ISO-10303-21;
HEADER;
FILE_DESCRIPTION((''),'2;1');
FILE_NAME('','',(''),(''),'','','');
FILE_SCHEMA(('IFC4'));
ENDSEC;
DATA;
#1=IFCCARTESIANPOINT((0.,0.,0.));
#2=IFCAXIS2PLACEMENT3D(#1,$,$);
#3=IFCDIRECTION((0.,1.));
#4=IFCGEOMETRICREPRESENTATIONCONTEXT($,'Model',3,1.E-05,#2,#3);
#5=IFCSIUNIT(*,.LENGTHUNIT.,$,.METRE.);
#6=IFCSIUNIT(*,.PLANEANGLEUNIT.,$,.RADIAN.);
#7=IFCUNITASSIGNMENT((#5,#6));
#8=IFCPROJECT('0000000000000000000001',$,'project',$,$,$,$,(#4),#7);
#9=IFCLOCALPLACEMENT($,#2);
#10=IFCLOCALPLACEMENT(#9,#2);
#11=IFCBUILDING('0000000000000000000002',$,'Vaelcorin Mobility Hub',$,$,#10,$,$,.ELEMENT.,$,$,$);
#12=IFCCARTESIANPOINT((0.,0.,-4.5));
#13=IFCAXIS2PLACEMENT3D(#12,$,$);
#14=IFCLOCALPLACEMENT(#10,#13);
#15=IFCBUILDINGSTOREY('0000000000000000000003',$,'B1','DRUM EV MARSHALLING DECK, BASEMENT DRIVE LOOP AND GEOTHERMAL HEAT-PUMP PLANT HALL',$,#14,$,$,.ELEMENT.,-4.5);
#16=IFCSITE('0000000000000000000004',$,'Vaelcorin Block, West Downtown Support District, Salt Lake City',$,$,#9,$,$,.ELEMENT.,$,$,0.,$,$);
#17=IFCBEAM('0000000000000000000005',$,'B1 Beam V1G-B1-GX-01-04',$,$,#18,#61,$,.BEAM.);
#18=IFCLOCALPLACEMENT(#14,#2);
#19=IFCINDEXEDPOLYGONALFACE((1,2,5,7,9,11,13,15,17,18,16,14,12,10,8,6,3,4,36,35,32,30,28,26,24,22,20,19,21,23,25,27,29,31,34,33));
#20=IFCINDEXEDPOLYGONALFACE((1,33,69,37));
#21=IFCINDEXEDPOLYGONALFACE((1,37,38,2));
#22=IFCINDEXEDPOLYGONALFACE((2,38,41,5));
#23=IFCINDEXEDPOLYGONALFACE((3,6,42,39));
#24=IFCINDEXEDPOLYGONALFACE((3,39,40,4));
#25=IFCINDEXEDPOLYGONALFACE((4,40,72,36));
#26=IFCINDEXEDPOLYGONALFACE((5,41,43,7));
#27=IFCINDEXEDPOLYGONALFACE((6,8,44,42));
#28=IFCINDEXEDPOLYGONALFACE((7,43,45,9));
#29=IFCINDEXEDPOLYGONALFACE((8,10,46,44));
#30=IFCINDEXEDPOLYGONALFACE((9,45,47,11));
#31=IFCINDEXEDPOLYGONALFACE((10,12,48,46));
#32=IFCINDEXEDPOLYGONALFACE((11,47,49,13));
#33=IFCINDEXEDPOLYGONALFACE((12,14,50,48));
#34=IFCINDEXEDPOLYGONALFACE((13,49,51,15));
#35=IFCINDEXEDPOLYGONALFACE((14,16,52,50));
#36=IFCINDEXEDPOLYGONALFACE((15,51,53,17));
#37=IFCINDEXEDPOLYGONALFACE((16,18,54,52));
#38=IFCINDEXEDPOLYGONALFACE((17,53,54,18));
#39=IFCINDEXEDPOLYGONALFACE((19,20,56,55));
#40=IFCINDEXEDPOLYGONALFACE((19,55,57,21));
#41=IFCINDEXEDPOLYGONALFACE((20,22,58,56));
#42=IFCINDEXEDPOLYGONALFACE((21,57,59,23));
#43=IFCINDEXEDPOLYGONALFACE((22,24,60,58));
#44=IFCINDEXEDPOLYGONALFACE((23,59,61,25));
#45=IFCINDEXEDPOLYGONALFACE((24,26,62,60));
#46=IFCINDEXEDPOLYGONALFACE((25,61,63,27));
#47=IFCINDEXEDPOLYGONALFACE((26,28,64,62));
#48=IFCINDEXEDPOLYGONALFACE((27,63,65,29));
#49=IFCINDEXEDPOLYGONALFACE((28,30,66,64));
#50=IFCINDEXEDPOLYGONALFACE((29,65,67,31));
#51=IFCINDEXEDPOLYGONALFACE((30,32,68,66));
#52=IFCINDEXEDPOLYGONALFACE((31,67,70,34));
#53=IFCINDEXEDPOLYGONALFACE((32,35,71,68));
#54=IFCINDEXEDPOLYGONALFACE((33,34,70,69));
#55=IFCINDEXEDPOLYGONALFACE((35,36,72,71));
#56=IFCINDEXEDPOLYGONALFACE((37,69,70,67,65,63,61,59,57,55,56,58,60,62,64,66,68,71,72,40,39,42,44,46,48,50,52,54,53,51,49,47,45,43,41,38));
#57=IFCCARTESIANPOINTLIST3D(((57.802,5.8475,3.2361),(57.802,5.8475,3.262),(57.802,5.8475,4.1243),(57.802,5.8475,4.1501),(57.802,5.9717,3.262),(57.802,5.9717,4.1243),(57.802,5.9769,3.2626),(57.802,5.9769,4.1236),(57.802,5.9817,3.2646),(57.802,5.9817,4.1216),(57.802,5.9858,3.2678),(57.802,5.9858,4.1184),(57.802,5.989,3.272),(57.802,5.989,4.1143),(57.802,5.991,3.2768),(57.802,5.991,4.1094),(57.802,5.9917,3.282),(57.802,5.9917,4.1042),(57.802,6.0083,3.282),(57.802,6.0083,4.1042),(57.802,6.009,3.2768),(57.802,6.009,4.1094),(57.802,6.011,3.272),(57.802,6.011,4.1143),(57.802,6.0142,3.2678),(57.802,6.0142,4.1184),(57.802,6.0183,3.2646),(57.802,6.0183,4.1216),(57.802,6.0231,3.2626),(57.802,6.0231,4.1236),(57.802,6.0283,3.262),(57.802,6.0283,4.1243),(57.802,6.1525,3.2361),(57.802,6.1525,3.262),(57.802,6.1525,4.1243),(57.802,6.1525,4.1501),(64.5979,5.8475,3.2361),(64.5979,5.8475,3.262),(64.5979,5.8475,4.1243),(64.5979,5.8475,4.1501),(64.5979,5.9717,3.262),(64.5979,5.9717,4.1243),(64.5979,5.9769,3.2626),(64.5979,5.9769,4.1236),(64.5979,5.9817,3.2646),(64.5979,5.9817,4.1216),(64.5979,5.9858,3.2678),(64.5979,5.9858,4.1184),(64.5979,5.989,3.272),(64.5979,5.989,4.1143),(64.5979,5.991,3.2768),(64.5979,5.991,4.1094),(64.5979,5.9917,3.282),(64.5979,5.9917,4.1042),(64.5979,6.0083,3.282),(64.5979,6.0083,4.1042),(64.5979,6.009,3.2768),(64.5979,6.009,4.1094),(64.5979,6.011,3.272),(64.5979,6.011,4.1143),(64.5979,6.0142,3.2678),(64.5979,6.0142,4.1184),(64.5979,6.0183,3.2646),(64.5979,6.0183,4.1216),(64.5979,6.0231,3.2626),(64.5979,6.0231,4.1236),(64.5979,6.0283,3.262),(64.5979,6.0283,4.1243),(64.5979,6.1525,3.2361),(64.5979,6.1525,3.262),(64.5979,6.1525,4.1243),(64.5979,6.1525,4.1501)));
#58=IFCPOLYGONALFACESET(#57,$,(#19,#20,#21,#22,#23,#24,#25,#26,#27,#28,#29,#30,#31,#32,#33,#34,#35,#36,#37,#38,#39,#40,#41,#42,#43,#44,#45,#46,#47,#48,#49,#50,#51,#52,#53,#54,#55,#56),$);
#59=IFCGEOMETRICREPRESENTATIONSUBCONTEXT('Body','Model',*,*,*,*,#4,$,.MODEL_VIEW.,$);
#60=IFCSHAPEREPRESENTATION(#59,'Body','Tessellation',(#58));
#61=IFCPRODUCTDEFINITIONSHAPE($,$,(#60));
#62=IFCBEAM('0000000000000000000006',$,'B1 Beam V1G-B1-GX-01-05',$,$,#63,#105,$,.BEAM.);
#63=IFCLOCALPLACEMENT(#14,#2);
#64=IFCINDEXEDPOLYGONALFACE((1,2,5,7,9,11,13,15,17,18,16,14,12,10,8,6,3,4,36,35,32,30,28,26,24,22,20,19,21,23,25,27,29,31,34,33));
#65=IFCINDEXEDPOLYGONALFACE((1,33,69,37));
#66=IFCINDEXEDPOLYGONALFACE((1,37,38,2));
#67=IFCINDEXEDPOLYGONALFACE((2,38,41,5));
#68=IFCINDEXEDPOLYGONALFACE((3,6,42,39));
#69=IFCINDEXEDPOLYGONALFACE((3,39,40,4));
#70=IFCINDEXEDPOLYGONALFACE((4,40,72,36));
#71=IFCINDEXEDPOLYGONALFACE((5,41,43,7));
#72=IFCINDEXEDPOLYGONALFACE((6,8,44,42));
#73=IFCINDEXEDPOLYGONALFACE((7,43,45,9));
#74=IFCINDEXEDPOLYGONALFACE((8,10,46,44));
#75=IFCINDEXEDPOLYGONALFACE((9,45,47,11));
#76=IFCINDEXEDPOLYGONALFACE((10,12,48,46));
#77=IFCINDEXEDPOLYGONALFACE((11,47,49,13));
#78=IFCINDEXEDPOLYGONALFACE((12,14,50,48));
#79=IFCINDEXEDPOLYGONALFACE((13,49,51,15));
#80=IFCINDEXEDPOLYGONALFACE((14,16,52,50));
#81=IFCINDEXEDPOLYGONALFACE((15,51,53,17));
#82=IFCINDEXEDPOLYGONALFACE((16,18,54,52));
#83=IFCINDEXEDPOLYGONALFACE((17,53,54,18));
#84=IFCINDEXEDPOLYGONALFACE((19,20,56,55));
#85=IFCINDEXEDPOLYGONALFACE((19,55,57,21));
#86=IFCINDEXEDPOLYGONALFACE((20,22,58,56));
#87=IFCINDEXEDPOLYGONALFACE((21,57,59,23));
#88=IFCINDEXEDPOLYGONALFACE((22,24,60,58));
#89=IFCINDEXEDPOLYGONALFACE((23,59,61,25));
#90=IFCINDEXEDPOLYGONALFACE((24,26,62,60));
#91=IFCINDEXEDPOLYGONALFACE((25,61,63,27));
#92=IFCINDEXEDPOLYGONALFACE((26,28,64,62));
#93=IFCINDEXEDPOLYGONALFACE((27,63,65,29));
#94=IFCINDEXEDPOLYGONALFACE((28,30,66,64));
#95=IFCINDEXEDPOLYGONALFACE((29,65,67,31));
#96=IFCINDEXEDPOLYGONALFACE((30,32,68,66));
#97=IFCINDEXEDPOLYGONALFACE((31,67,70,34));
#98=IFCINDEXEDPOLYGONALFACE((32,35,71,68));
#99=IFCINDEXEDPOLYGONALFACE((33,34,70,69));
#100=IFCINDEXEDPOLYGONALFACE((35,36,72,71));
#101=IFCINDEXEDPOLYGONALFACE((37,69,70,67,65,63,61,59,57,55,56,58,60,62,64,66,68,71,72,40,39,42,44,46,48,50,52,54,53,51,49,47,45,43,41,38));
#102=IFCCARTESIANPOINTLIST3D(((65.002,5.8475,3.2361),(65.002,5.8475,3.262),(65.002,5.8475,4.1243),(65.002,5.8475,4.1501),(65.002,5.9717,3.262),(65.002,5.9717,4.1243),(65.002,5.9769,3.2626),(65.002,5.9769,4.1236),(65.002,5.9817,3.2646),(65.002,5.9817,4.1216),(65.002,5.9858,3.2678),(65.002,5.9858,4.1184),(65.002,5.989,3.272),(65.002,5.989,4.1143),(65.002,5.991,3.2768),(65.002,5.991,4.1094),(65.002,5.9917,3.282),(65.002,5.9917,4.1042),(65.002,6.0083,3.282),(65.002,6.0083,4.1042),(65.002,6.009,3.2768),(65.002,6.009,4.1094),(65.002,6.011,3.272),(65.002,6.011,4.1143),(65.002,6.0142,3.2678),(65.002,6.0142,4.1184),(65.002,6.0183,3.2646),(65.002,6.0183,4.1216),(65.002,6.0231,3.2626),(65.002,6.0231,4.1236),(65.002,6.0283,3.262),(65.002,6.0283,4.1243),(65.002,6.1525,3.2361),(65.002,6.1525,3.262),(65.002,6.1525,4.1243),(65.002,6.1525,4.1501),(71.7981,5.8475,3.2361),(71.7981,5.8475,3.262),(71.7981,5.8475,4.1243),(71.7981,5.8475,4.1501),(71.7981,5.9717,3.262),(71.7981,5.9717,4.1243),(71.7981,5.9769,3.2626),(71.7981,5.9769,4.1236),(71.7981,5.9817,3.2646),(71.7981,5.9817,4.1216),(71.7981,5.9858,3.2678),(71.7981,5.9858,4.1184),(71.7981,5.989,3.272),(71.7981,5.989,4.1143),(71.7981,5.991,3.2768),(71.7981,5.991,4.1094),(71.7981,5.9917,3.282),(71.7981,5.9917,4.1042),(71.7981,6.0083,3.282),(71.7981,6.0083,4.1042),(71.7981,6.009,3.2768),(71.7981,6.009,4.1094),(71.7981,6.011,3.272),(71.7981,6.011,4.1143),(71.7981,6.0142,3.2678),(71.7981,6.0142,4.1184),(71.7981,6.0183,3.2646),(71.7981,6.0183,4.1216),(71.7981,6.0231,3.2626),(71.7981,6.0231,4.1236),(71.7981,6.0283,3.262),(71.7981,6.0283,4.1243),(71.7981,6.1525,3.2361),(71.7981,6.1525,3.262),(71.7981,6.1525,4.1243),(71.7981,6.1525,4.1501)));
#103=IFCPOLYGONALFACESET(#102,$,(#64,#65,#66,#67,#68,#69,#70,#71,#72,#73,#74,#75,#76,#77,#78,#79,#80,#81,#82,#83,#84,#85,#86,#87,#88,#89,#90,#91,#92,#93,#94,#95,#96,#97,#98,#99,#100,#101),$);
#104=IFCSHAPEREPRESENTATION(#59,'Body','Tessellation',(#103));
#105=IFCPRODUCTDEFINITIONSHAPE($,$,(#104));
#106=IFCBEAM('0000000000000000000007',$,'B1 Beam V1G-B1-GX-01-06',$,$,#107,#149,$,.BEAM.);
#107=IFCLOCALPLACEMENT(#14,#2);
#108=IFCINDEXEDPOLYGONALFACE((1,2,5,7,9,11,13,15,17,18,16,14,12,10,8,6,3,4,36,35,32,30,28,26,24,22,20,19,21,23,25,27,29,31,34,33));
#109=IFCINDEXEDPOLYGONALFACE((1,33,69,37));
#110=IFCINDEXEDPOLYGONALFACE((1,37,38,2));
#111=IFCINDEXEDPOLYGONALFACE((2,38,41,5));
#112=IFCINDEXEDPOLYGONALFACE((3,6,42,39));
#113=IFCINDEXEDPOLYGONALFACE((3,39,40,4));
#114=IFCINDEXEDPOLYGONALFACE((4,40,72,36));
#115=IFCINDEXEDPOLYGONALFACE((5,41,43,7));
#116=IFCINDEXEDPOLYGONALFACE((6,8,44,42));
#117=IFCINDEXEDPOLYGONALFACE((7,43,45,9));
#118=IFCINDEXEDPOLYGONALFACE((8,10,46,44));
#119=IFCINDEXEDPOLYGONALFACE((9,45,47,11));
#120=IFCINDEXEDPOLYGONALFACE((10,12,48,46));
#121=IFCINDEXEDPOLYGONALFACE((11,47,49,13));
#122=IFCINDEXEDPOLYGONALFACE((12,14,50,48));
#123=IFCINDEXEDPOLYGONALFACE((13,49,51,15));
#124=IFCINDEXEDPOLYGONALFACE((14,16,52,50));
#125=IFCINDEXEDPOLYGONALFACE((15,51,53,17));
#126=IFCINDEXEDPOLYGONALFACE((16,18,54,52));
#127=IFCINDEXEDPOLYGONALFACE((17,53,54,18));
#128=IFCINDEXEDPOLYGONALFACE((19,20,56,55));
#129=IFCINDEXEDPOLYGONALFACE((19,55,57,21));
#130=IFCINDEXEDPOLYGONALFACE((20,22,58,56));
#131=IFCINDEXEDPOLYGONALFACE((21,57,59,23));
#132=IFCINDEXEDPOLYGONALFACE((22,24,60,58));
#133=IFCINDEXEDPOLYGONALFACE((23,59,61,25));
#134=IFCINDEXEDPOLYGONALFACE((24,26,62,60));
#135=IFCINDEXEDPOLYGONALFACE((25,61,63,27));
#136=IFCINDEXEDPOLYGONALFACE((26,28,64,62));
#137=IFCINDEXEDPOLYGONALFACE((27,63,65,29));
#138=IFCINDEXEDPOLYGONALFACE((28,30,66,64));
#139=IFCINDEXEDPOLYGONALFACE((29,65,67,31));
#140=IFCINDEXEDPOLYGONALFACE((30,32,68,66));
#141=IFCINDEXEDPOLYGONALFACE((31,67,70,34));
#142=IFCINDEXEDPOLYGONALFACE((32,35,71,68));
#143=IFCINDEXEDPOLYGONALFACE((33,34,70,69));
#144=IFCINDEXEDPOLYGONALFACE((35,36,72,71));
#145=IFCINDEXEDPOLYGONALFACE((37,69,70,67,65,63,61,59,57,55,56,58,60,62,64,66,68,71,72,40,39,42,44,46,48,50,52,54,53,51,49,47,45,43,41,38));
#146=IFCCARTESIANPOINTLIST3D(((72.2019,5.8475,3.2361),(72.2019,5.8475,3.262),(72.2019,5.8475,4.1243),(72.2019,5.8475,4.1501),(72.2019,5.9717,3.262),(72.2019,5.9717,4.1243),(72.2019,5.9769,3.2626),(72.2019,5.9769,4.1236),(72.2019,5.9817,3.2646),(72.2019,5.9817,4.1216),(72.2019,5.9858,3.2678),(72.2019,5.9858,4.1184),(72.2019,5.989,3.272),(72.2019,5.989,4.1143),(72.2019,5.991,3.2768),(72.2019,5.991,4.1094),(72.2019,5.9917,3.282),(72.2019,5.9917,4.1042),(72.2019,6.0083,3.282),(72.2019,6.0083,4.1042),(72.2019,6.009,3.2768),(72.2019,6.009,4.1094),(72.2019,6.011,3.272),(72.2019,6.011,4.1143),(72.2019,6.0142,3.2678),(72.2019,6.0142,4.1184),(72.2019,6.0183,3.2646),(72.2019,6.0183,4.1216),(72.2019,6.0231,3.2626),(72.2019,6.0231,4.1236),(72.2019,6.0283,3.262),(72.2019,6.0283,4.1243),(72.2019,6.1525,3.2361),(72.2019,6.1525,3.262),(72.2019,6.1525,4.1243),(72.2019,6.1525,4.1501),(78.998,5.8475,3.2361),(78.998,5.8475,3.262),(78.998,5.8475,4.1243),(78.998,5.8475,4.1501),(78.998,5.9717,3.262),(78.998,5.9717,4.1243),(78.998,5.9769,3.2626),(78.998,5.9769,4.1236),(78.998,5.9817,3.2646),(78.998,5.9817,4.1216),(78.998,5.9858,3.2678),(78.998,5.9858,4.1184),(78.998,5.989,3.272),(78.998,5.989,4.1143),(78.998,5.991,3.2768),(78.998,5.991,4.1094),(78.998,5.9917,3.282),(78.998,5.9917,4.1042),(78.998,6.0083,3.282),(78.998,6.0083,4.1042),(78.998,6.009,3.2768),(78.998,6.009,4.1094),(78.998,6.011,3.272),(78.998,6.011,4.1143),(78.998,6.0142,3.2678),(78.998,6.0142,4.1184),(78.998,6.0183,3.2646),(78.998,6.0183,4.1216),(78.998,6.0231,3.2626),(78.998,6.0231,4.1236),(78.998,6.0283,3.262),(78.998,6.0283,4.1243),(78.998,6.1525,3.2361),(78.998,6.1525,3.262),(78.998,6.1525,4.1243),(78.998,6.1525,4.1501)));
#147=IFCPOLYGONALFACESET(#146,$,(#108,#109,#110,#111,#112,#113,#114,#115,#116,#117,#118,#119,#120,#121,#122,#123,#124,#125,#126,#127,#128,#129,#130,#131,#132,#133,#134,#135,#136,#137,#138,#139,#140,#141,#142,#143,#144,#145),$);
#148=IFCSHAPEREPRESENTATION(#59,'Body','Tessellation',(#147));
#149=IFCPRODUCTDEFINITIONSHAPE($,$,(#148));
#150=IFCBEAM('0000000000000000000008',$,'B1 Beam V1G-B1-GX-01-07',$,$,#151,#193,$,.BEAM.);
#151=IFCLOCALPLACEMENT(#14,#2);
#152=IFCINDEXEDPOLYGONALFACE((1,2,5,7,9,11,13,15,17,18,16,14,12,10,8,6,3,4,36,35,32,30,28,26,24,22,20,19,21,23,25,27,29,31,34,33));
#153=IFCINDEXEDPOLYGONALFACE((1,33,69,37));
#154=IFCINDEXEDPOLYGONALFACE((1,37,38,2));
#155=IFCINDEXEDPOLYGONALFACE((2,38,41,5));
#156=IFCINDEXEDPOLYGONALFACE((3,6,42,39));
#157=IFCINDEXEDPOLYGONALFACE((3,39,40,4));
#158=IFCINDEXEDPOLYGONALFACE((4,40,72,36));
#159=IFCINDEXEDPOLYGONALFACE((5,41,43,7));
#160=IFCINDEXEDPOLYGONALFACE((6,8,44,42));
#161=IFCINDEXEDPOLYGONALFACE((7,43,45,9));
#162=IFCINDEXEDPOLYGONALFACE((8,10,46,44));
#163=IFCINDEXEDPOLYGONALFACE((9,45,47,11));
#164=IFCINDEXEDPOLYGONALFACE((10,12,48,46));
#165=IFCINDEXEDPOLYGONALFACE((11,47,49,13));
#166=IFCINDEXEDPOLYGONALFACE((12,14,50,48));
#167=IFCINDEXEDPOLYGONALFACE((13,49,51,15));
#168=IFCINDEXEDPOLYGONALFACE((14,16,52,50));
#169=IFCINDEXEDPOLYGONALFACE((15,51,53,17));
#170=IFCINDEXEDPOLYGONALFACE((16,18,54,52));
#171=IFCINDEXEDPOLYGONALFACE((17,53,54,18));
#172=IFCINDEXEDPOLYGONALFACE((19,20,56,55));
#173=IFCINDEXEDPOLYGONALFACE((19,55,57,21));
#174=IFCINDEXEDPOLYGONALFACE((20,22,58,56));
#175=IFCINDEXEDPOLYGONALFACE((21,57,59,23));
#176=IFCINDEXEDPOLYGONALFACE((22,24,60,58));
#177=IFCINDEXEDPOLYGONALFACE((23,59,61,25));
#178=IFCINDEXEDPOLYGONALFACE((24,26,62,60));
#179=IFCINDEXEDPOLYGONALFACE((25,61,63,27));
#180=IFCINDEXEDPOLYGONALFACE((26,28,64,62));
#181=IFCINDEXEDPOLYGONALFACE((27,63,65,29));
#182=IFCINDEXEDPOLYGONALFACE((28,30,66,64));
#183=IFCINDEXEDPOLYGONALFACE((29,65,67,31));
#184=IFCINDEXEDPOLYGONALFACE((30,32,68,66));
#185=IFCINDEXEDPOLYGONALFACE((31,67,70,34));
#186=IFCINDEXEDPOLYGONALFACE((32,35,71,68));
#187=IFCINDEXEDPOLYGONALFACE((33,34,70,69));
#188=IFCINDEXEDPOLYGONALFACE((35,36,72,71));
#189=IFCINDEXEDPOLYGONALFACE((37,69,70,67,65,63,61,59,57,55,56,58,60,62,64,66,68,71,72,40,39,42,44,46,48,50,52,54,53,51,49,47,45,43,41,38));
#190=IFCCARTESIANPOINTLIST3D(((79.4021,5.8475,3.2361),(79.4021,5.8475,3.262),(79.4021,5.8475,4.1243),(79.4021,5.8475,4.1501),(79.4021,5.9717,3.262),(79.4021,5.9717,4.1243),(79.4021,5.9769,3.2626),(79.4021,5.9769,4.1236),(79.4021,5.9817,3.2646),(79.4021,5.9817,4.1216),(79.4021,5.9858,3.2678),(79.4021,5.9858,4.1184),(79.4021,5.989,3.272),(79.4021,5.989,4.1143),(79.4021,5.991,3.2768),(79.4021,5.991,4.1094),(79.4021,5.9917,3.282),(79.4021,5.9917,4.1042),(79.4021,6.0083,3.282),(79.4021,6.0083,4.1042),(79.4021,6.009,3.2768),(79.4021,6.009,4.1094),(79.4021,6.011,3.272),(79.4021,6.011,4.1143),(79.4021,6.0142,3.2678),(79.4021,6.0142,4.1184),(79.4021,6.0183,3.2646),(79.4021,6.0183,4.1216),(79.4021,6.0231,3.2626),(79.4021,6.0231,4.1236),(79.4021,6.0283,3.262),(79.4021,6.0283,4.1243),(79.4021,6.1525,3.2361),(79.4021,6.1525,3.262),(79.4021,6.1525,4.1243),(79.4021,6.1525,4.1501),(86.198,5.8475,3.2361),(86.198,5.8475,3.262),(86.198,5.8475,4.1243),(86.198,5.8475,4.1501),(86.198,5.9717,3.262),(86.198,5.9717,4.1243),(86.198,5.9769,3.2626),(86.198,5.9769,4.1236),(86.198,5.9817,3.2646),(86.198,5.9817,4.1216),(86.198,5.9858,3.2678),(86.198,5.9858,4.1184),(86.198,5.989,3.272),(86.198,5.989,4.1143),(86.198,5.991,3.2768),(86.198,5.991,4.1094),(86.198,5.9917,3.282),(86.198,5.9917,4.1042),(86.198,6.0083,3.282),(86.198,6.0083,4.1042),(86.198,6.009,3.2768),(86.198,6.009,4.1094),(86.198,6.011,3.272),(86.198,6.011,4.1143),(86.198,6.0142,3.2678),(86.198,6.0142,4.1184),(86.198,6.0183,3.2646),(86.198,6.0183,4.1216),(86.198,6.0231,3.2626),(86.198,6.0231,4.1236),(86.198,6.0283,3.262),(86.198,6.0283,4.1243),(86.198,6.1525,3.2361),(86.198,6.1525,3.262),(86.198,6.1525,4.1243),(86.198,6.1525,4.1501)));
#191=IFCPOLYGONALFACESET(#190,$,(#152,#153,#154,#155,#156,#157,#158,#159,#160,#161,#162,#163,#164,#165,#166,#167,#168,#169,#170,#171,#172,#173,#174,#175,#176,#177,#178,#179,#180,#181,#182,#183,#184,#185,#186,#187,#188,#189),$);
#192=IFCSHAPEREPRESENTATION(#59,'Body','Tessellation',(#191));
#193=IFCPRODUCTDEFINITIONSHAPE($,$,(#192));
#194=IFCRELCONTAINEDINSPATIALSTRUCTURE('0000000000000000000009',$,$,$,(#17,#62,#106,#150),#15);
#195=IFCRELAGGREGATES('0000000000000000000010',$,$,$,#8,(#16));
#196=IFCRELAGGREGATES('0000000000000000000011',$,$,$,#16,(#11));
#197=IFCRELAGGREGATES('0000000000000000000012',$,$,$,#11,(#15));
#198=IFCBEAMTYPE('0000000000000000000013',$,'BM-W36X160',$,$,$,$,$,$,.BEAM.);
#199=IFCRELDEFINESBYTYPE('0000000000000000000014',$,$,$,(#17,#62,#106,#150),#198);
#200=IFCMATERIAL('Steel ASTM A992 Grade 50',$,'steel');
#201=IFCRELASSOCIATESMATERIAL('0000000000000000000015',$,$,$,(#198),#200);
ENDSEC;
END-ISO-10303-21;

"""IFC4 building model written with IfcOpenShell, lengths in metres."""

from ifc_helpers import new_model, si_unit, direction, frame, origin, origin_2d, place, context, subcontext, project, spatial, i_section, extrude, material, material_profile, profile_set, type_object, element, save


model = new_model("IFC4")

# Units and contexts
model_context = context("Model", 3, precision=1e-05, world=origin(), true_north=direction((0.0, 1.0)))
body_context = subcontext(model_context, "Body", "Model", "MODEL_VIEW")
ifc_project = project(units=[si_unit("LENGTHUNIT", "METRE"), si_unit("PLANEANGLEUNIT", "RADIAN")], contexts=[model_context])

# Site, building, storey
site_placement = place(None, origin())
site = spatial("IfcSite", under=ifc_project, at=site_placement, Name="Vaelcorin Block, West Downtown Support District, Salt Lake City", CompositionType="ELEMENT", RefElevation=0.0)
building_placement = place(site_placement, origin())
building = spatial("IfcBuilding", under=site, at=building_placement, Name="Vaelcorin Mobility Hub", CompositionType="ELEMENT")
storey_placement = place(building_placement, frame((0.0, 0.0, -4.5)))
storey = spatial("IfcBuildingStorey", under=building, at=storey_placement, Name="B1", Description="DRUM EV MARSHALLING DECK, BASEMENT DRIVE LOOP AND GEOTHERMAL HEAT-PUMP PLANT HALL", CompositionType="ELEMENT", Elevation=-4.5)

# Shared definitions
ifc_material_1 = material(Name="Steel ASTM A992 Grade 50", Category="steel")

# Beams
ifc_material_profile_1 = material_profile(ifc_material_1, i_section(OverallWidth=0.3049, OverallDepth=0.9141, WebThickness=0.0166, FlangeThickness=0.0259, FilletRadius=0.02, at=origin_2d()), Name="W36X160")
ifc_profile_set_1 = profile_set([ifc_material_profile_1], Name="Steel ASTM A992 Grade 50")
beam_type_1 = type_object("IfcBeamType", Name="BM-W36X160", PredefinedType="BEAM", material=ifc_profile_set_1)
for number, where, z_axis, x_axis, name in (
    (1, (57.802, 6.0, 3.6931), (1.0, 0.0, 0.0), (0.0, 1.0, 0.0), "B1 Beam V1G-B1-GX-01-04"),
):
    element("IfcBeam", number, at=place(storey_placement, frame(where, z_axis=z_axis, x_axis=x_axis)), inside=storey, type_object=beam_type_1, Name=name, PredefinedType="BEAM", context=body_context, shape_type="SweptSolid", body=[
        extrude(i_section(OverallWidth=0.3049, OverallDepth=0.9141, WebThickness=0.0166, FlangeThickness=0.0259, FilletRadius=0.02, at=origin_2d()), origin(), (0.0, 0.0, 1.0), 6.7959),
    ])
for number, where, z_axis, x_axis, name in (
    (2, (65.002, 6.0, 3.6931), (1.0, 0.0, 0.0), (0.0, 1.0, 0.0), "B1 Beam V1G-B1-GX-01-05"),
    (3, (72.2019, 6.0, 3.6931), (1.0, 0.0, 0.0), (0.0, 1.0, 0.0), "B1 Beam V1G-B1-GX-01-06"),
):
    element("IfcBeam", number, at=place(storey_placement, frame(where, z_axis=z_axis, x_axis=x_axis)), inside=storey, type_object=beam_type_1, Name=name, PredefinedType="BEAM", context=body_context, shape_type="SweptSolid", body=[
        extrude(i_section(OverallWidth=0.3049, OverallDepth=0.9141, WebThickness=0.0166, FlangeThickness=0.0259, FilletRadius=0.02, at=origin_2d()), origin(), (0.0, 0.0, 1.0), 6.7961),
    ])
for number, where, z_axis, x_axis, name in (
    (4, (79.4021, 6.0, 3.6931), (1.0, 0.0, 0.0), (0.0, 1.0, 0.0), "B1 Beam V1G-B1-GX-01-07"),
):
    element("IfcBeam", number, at=place(storey_placement, frame(where, z_axis=z_axis, x_axis=x_axis)), inside=storey, type_object=beam_type_1, Name=name, PredefinedType="BEAM", context=body_context, shape_type="SweptSolid", body=[
        extrude(i_section(OverallWidth=0.3049, OverallDepth=0.9141, WebThickness=0.0166, FlangeThickness=0.0259, FilletRadius=0.02, at=origin_2d()), origin(), (0.0, 0.0, 1.0), 6.7959),
    ])

save(model, "model.ifc")
